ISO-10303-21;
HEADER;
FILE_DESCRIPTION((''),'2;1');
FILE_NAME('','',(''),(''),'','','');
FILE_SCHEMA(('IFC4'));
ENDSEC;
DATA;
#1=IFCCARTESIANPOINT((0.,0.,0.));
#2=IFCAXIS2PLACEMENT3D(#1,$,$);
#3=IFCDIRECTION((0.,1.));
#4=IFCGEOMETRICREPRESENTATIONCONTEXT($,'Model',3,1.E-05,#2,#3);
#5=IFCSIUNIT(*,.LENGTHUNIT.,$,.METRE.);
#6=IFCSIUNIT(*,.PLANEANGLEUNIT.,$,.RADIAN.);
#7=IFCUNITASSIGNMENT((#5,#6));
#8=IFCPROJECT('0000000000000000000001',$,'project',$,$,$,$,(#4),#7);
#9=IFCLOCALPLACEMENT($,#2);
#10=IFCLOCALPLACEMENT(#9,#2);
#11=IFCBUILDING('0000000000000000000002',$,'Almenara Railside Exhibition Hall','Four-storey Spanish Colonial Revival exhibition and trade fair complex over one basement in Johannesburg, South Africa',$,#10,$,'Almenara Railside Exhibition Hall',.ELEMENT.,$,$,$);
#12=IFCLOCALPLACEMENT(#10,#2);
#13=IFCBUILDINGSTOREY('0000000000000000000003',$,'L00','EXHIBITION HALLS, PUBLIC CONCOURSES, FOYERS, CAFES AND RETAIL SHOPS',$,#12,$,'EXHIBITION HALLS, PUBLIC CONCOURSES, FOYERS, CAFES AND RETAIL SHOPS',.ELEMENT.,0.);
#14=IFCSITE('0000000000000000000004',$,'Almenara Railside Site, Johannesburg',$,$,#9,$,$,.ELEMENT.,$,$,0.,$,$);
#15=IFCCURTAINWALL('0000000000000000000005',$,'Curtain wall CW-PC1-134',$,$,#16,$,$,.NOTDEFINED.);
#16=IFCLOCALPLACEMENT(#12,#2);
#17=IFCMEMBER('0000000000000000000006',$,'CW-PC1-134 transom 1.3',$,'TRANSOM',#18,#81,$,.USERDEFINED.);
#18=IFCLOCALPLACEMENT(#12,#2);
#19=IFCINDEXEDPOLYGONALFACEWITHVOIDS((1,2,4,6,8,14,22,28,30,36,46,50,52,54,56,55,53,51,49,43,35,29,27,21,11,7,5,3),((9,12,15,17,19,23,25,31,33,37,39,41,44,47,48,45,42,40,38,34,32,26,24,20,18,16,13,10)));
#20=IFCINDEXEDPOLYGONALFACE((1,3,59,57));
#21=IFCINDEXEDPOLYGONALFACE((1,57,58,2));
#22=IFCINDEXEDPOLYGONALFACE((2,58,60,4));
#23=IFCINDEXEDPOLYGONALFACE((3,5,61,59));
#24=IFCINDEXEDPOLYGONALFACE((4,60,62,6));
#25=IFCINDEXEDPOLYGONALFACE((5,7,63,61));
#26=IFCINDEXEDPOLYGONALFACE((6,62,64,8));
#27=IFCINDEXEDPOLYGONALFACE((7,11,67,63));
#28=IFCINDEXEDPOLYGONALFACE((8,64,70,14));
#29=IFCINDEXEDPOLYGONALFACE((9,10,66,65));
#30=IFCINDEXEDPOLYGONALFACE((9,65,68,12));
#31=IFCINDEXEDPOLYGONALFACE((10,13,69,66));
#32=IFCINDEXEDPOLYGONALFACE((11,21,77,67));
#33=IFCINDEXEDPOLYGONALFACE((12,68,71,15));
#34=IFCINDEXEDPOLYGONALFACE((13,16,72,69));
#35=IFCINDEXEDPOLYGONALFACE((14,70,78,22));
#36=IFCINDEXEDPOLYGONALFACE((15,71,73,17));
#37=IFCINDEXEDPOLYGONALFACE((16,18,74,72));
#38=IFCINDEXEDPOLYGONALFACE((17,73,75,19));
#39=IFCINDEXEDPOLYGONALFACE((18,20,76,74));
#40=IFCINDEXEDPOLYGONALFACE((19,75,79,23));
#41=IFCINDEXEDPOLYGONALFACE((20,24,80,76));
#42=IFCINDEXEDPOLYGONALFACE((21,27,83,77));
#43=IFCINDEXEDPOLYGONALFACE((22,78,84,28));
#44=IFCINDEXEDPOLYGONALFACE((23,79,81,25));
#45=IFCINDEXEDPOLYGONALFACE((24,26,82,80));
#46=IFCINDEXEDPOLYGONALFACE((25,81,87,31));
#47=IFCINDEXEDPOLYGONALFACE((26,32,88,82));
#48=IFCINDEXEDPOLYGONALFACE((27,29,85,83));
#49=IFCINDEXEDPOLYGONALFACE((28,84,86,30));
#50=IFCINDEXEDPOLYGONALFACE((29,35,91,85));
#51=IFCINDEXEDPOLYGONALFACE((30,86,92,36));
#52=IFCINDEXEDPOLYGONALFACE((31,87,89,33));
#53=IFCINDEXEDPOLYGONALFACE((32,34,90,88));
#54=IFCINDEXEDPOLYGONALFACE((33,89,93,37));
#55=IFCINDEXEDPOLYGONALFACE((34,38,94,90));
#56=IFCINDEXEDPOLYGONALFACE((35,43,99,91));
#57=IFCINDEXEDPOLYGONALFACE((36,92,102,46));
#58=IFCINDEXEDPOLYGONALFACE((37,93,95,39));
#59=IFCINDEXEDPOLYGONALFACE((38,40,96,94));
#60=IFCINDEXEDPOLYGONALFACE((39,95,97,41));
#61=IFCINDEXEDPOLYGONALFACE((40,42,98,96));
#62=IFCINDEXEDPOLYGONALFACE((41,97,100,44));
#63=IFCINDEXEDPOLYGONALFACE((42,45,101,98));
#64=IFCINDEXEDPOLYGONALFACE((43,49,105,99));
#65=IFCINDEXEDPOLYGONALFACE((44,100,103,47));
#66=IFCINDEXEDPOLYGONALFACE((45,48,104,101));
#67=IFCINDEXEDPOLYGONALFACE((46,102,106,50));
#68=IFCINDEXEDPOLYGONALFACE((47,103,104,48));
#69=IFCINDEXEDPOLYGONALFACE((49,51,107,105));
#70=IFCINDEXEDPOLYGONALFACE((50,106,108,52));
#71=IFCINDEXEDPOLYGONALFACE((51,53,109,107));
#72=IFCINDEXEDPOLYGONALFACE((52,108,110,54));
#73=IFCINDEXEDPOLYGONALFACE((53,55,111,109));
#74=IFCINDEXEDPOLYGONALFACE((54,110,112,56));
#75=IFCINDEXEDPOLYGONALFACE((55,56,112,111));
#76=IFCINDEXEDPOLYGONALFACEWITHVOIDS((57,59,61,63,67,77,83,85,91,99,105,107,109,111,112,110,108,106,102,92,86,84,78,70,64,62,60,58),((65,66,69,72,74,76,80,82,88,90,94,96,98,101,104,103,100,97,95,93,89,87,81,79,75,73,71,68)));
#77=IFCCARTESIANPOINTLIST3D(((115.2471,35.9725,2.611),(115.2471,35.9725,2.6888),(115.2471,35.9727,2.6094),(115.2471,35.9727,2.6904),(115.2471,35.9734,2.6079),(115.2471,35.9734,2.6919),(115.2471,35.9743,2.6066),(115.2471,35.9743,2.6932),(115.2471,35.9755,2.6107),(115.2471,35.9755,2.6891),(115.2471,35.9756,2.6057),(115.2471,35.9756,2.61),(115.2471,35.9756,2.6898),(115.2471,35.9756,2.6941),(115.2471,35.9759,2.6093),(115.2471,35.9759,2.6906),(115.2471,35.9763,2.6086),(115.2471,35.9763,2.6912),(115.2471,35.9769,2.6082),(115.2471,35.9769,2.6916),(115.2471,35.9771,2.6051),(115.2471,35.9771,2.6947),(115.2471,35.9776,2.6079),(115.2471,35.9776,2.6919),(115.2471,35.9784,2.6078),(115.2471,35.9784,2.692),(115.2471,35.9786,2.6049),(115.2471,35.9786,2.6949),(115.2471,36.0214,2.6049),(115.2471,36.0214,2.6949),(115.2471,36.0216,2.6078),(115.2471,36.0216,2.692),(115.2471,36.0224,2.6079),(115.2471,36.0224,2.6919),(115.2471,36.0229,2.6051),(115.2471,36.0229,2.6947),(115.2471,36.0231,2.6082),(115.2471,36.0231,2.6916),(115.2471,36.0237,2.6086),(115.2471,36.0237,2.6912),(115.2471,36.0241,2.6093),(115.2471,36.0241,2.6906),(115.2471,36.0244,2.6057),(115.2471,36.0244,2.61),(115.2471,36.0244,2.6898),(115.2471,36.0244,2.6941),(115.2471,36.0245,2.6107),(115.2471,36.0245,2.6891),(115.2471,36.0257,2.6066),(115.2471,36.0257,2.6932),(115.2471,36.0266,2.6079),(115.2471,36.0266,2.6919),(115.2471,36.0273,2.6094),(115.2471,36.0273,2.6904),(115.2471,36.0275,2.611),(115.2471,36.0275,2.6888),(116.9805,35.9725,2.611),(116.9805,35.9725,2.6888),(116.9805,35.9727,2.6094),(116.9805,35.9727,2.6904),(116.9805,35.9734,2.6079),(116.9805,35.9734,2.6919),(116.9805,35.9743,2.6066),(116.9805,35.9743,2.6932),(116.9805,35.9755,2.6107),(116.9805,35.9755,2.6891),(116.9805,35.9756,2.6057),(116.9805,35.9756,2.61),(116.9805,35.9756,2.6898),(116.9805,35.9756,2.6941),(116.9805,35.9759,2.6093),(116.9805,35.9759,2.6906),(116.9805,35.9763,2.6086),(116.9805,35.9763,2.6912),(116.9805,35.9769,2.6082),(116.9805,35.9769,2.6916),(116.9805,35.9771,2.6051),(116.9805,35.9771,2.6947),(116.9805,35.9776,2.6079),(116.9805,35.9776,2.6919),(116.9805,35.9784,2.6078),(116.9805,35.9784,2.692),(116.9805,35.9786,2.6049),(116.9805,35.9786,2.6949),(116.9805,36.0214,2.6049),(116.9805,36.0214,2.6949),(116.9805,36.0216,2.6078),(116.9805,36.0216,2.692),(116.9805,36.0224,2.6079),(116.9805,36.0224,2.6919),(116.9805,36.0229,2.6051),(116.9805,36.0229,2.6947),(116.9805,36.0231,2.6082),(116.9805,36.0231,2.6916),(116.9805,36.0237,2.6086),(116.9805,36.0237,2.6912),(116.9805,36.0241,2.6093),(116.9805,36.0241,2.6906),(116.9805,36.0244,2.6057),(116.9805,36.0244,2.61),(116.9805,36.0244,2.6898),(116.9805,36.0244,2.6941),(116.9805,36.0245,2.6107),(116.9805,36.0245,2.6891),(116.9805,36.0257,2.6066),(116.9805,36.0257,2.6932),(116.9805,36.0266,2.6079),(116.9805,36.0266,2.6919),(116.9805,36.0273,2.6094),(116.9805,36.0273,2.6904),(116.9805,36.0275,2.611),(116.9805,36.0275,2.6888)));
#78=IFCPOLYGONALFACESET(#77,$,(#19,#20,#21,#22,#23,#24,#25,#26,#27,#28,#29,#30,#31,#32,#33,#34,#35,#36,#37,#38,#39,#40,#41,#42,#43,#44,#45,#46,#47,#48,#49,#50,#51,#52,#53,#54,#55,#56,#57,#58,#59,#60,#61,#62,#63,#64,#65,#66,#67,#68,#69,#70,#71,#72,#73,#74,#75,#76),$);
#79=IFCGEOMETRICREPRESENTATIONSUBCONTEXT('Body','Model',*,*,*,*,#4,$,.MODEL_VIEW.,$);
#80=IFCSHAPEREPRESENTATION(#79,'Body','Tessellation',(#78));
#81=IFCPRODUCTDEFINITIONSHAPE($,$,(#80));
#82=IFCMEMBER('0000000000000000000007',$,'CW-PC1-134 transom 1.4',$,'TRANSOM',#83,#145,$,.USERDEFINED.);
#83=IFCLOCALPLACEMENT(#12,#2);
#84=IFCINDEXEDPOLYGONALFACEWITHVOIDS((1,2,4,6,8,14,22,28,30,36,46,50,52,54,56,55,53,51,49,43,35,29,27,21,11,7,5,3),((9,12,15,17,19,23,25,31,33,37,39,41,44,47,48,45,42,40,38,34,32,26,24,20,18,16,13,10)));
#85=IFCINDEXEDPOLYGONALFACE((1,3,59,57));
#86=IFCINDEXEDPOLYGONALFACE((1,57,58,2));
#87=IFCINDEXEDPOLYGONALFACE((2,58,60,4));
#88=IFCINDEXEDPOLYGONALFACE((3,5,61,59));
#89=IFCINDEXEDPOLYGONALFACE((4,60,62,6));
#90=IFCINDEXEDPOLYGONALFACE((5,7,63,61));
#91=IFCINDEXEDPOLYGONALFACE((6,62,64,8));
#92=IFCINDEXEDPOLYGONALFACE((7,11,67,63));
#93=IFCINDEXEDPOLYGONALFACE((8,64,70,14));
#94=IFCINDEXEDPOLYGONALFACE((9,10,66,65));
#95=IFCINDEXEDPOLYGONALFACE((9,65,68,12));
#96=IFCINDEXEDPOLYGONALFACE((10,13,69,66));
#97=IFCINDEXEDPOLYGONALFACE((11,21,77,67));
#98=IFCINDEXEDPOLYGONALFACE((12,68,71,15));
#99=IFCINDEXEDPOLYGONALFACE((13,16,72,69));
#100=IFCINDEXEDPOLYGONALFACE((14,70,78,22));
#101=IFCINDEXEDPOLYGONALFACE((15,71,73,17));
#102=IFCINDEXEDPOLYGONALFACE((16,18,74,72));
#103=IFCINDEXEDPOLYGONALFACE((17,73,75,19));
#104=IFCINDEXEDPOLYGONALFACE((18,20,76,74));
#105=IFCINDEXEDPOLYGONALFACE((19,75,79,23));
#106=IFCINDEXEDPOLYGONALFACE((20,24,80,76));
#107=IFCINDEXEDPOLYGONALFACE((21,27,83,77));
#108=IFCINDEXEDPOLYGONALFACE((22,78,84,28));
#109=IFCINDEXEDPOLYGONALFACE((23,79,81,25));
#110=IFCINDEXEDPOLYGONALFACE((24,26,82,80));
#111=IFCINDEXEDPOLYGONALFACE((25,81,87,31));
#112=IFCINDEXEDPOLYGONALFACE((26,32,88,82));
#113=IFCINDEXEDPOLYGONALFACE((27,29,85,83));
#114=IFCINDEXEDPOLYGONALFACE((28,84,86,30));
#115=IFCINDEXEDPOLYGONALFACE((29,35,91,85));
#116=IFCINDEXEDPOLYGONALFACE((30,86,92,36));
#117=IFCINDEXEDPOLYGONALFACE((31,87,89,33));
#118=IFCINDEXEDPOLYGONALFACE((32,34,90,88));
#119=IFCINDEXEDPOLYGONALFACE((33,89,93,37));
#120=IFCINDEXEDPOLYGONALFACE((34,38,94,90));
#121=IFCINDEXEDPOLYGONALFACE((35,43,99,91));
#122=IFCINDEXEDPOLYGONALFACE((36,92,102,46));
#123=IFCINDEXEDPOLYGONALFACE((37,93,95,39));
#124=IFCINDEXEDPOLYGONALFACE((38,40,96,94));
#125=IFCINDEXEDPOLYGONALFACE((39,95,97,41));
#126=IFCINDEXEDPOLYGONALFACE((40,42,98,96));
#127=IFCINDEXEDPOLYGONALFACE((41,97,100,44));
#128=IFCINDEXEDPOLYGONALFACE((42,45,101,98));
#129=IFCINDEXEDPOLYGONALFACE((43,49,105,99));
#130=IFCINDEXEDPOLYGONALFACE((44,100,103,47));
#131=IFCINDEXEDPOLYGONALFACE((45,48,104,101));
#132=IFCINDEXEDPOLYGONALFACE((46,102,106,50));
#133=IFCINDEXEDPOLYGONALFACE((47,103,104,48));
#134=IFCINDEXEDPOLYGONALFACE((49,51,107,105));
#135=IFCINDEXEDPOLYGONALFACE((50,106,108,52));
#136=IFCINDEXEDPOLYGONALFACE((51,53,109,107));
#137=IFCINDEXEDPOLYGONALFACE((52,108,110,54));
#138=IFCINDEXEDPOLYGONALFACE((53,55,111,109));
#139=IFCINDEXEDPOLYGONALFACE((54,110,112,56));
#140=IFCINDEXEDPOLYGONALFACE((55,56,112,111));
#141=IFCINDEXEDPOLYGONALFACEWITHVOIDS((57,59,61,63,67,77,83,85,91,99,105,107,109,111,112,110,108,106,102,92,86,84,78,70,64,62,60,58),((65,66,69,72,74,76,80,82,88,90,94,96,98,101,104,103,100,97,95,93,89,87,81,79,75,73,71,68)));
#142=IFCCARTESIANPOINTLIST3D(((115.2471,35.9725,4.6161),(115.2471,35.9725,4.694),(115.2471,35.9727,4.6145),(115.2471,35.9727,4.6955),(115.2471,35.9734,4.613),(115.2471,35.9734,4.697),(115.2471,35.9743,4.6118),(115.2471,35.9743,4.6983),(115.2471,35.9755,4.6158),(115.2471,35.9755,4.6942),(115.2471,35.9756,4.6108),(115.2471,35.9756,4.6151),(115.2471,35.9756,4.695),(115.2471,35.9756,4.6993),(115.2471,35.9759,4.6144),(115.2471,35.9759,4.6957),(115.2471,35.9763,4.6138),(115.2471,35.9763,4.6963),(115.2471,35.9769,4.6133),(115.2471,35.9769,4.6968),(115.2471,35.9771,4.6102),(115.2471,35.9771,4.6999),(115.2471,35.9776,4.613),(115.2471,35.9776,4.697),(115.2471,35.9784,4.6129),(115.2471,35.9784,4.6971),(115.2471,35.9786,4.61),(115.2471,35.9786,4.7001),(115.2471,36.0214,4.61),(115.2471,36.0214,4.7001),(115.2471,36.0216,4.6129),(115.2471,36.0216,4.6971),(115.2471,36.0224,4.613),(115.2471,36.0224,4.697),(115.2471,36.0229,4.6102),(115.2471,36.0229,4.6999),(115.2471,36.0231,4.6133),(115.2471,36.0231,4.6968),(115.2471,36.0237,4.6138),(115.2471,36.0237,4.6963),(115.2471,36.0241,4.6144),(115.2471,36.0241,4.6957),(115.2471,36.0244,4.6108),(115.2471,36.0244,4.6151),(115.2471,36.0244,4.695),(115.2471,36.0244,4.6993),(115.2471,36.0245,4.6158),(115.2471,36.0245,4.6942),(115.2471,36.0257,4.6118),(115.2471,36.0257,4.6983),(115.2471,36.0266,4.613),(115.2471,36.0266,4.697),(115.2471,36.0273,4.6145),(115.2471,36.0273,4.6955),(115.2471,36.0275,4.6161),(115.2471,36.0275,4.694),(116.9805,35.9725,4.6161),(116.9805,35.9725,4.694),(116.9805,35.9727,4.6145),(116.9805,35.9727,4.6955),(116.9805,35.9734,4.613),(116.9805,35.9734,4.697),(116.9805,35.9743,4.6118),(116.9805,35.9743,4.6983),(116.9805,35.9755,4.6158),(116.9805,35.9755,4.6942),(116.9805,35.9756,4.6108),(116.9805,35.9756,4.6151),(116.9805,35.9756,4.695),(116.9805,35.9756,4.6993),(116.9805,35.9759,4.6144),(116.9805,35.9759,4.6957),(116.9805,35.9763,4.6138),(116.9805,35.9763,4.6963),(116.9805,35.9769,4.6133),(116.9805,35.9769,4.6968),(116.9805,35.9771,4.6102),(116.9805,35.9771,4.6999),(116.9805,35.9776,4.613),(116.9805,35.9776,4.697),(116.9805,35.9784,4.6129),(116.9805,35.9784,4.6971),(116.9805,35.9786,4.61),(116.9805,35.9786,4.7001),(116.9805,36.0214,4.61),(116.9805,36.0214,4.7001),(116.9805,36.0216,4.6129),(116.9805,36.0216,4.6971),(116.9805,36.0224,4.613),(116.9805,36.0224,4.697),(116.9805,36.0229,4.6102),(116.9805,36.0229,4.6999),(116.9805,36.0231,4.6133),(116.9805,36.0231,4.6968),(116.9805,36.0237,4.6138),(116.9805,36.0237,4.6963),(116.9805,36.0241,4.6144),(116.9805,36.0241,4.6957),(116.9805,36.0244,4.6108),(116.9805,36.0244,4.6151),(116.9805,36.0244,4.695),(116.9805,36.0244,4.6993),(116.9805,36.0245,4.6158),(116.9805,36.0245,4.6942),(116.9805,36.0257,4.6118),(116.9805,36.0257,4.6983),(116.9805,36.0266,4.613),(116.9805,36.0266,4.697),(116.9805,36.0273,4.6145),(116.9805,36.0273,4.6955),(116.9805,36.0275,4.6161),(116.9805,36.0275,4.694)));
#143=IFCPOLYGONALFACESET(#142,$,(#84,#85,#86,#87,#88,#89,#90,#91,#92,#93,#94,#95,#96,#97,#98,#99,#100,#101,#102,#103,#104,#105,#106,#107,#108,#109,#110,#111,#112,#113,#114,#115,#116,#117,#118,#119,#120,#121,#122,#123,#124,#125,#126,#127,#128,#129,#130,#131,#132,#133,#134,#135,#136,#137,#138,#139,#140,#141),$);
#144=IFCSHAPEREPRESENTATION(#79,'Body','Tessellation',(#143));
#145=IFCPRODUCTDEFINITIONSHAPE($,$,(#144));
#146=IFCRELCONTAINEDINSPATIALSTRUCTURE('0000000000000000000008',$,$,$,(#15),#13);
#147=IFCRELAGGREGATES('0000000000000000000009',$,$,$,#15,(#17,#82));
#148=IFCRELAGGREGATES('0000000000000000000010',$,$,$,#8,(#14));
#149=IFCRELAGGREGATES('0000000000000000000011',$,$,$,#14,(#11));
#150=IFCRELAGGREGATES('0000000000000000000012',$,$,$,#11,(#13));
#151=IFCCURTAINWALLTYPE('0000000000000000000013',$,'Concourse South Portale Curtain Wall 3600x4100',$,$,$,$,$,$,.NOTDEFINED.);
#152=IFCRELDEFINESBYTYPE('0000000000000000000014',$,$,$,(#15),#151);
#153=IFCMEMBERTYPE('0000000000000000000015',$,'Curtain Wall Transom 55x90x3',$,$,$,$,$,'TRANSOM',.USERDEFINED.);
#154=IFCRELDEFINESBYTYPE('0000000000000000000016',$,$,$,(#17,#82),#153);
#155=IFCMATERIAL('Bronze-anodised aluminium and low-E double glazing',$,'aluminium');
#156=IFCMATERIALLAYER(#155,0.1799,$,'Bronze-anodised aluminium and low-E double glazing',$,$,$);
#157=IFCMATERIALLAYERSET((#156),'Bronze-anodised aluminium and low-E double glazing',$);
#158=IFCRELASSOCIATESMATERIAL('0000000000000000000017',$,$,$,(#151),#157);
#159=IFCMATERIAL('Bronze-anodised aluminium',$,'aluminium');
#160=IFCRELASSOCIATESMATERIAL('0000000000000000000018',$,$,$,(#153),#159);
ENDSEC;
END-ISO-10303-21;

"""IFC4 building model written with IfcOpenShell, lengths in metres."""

from ifc_helpers import new_model, si_unit, direction, frame, origin, origin_2d, place, context, subcontext, project, spatial, hollow_rectangle, extrude, material, layer, layer_set, material_profile, profile_set, type_object, element, aggregate, save


model = new_model("IFC4")

# Units and contexts
model_context = context("Model", 3, precision=1e-05, world=origin(), true_north=direction((0.0, 1.0)))
body_context = subcontext(model_context, "Body", "Model", "MODEL_VIEW")
ifc_project = project(units=[si_unit("LENGTHUNIT", "METRE"), si_unit("PLANEANGLEUNIT", "RADIAN")], contexts=[model_context])

# Site, building, storey
site_placement = place(None, origin())
site = spatial("IfcSite", under=ifc_project, at=site_placement, Name="Almenara Railside Site, Johannesburg", CompositionType="ELEMENT", RefElevation=0.0)
building_placement = place(site_placement, origin())
building = spatial("IfcBuilding", under=site, at=building_placement, Name="Almenara Railside Exhibition Hall", Description="Four-storey Spanish Colonial Revival exhibition and trade fair complex over one basement in Johannesburg, South Africa", LongName="Almenara Railside Exhibition Hall", CompositionType="ELEMENT")
storey_placement = place(building_placement, origin())
storey = spatial("IfcBuildingStorey", under=building, at=storey_placement, Name="L00", Description="EXHIBITION HALLS, PUBLIC CONCOURSES, FOYERS, CAFES AND RETAIL SHOPS", LongName="EXHIBITION HALLS, PUBLIC CONCOURSES, FOYERS, CAFES AND RETAIL SHOPS", CompositionType="ELEMENT", Elevation=0.0)

# Curtain wall, members
ifc_material_1 = material(Name="Bronze-anodised aluminium and low-E double glazing", Category="aluminium")
ifc_layer_1 = layer(ifc_material_1, 0.1799, Name="Bronze-anodised aluminium and low-E double glazing")
ifc_layer_set_1 = layer_set([ifc_layer_1], Name="Bronze-anodised aluminium and low-E double glazing")
curtain_wall_type = type_object("IfcCurtainWallType", Name="Concourse South Portale Curtain Wall 3600x4100", PredefinedType="NOTDEFINED", material=ifc_layer_set_1)
curtain_wall_placement = place(storey_placement, origin())
curtain_wall = element("IfcCurtainWall", 1, at=curtain_wall_placement, inside=storey, type_object=curtain_wall_type, Name="Curtain wall CW-PC1-134", PredefinedType="NOTDEFINED")
ifc_material_2 = material(Name="Bronze-anodised aluminium", Category="aluminium")
ifc_material_profile_1 = material_profile(ifc_material_2, hollow_rectangle(XDim=0.0549, YDim=0.0901, WallThickness=0.0029, InnerFilletRadius=0.0029, OuterFilletRadius=0.0061, at=origin_2d()), Name="ALU-TRN 55x90x3")
ifc_profile_set_1 = profile_set([ifc_material_profile_1], Name="Bronze-anodised aluminium")
member_type_1 = type_object("IfcMemberType", Name="Curtain Wall Transom 55x90x3", ElementType="TRANSOM", PredefinedType="USERDEFINED", material=ifc_profile_set_1)
member_1_placement = place(storey_placement, frame((115.2471, 36.0, 2.6499), z_axis=(1.0, 0.0, 0.0), x_axis=(0.0, 1.0, 0.0)))
member_1 = element("IfcMember", 2, at=member_1_placement, type_object=member_type_1, Name="CW-PC1-134 transom 1.3", ObjectType="TRANSOM", PredefinedType="USERDEFINED", context=body_context, shape_type="SweptSolid", body=[
    extrude(hollow_rectangle(XDim=0.0549, YDim=0.0901, WallThickness=0.0029, InnerFilletRadius=0.0029, OuterFilletRadius=0.0061, at=origin_2d()), origin(), (0.0, 0.0, 1.0), 1.7334),
])
member_2_placement = place(storey_placement, frame((115.2471, 36.0, 4.655), z_axis=(1.0, 0.0, 0.0), x_axis=(0.0, 1.0, 0.0)))
member_2 = element("IfcMember", 3, at=member_2_placement, type_object=member_type_1, Name="CW-PC1-134 transom 1.4", ObjectType="TRANSOM", PredefinedType="USERDEFINED", context=body_context, shape_type="SweptSolid", body=[
    extrude(hollow_rectangle(XDim=0.0549, YDim=0.0901, WallThickness=0.0029, InnerFilletRadius=0.0029, OuterFilletRadius=0.0061, at=origin_2d()), origin(), (0.0, 0.0, 1.0), 1.7334),
])

aggregate(curtain_wall, [member_1, member_2])

save(model, "model.ifc")
